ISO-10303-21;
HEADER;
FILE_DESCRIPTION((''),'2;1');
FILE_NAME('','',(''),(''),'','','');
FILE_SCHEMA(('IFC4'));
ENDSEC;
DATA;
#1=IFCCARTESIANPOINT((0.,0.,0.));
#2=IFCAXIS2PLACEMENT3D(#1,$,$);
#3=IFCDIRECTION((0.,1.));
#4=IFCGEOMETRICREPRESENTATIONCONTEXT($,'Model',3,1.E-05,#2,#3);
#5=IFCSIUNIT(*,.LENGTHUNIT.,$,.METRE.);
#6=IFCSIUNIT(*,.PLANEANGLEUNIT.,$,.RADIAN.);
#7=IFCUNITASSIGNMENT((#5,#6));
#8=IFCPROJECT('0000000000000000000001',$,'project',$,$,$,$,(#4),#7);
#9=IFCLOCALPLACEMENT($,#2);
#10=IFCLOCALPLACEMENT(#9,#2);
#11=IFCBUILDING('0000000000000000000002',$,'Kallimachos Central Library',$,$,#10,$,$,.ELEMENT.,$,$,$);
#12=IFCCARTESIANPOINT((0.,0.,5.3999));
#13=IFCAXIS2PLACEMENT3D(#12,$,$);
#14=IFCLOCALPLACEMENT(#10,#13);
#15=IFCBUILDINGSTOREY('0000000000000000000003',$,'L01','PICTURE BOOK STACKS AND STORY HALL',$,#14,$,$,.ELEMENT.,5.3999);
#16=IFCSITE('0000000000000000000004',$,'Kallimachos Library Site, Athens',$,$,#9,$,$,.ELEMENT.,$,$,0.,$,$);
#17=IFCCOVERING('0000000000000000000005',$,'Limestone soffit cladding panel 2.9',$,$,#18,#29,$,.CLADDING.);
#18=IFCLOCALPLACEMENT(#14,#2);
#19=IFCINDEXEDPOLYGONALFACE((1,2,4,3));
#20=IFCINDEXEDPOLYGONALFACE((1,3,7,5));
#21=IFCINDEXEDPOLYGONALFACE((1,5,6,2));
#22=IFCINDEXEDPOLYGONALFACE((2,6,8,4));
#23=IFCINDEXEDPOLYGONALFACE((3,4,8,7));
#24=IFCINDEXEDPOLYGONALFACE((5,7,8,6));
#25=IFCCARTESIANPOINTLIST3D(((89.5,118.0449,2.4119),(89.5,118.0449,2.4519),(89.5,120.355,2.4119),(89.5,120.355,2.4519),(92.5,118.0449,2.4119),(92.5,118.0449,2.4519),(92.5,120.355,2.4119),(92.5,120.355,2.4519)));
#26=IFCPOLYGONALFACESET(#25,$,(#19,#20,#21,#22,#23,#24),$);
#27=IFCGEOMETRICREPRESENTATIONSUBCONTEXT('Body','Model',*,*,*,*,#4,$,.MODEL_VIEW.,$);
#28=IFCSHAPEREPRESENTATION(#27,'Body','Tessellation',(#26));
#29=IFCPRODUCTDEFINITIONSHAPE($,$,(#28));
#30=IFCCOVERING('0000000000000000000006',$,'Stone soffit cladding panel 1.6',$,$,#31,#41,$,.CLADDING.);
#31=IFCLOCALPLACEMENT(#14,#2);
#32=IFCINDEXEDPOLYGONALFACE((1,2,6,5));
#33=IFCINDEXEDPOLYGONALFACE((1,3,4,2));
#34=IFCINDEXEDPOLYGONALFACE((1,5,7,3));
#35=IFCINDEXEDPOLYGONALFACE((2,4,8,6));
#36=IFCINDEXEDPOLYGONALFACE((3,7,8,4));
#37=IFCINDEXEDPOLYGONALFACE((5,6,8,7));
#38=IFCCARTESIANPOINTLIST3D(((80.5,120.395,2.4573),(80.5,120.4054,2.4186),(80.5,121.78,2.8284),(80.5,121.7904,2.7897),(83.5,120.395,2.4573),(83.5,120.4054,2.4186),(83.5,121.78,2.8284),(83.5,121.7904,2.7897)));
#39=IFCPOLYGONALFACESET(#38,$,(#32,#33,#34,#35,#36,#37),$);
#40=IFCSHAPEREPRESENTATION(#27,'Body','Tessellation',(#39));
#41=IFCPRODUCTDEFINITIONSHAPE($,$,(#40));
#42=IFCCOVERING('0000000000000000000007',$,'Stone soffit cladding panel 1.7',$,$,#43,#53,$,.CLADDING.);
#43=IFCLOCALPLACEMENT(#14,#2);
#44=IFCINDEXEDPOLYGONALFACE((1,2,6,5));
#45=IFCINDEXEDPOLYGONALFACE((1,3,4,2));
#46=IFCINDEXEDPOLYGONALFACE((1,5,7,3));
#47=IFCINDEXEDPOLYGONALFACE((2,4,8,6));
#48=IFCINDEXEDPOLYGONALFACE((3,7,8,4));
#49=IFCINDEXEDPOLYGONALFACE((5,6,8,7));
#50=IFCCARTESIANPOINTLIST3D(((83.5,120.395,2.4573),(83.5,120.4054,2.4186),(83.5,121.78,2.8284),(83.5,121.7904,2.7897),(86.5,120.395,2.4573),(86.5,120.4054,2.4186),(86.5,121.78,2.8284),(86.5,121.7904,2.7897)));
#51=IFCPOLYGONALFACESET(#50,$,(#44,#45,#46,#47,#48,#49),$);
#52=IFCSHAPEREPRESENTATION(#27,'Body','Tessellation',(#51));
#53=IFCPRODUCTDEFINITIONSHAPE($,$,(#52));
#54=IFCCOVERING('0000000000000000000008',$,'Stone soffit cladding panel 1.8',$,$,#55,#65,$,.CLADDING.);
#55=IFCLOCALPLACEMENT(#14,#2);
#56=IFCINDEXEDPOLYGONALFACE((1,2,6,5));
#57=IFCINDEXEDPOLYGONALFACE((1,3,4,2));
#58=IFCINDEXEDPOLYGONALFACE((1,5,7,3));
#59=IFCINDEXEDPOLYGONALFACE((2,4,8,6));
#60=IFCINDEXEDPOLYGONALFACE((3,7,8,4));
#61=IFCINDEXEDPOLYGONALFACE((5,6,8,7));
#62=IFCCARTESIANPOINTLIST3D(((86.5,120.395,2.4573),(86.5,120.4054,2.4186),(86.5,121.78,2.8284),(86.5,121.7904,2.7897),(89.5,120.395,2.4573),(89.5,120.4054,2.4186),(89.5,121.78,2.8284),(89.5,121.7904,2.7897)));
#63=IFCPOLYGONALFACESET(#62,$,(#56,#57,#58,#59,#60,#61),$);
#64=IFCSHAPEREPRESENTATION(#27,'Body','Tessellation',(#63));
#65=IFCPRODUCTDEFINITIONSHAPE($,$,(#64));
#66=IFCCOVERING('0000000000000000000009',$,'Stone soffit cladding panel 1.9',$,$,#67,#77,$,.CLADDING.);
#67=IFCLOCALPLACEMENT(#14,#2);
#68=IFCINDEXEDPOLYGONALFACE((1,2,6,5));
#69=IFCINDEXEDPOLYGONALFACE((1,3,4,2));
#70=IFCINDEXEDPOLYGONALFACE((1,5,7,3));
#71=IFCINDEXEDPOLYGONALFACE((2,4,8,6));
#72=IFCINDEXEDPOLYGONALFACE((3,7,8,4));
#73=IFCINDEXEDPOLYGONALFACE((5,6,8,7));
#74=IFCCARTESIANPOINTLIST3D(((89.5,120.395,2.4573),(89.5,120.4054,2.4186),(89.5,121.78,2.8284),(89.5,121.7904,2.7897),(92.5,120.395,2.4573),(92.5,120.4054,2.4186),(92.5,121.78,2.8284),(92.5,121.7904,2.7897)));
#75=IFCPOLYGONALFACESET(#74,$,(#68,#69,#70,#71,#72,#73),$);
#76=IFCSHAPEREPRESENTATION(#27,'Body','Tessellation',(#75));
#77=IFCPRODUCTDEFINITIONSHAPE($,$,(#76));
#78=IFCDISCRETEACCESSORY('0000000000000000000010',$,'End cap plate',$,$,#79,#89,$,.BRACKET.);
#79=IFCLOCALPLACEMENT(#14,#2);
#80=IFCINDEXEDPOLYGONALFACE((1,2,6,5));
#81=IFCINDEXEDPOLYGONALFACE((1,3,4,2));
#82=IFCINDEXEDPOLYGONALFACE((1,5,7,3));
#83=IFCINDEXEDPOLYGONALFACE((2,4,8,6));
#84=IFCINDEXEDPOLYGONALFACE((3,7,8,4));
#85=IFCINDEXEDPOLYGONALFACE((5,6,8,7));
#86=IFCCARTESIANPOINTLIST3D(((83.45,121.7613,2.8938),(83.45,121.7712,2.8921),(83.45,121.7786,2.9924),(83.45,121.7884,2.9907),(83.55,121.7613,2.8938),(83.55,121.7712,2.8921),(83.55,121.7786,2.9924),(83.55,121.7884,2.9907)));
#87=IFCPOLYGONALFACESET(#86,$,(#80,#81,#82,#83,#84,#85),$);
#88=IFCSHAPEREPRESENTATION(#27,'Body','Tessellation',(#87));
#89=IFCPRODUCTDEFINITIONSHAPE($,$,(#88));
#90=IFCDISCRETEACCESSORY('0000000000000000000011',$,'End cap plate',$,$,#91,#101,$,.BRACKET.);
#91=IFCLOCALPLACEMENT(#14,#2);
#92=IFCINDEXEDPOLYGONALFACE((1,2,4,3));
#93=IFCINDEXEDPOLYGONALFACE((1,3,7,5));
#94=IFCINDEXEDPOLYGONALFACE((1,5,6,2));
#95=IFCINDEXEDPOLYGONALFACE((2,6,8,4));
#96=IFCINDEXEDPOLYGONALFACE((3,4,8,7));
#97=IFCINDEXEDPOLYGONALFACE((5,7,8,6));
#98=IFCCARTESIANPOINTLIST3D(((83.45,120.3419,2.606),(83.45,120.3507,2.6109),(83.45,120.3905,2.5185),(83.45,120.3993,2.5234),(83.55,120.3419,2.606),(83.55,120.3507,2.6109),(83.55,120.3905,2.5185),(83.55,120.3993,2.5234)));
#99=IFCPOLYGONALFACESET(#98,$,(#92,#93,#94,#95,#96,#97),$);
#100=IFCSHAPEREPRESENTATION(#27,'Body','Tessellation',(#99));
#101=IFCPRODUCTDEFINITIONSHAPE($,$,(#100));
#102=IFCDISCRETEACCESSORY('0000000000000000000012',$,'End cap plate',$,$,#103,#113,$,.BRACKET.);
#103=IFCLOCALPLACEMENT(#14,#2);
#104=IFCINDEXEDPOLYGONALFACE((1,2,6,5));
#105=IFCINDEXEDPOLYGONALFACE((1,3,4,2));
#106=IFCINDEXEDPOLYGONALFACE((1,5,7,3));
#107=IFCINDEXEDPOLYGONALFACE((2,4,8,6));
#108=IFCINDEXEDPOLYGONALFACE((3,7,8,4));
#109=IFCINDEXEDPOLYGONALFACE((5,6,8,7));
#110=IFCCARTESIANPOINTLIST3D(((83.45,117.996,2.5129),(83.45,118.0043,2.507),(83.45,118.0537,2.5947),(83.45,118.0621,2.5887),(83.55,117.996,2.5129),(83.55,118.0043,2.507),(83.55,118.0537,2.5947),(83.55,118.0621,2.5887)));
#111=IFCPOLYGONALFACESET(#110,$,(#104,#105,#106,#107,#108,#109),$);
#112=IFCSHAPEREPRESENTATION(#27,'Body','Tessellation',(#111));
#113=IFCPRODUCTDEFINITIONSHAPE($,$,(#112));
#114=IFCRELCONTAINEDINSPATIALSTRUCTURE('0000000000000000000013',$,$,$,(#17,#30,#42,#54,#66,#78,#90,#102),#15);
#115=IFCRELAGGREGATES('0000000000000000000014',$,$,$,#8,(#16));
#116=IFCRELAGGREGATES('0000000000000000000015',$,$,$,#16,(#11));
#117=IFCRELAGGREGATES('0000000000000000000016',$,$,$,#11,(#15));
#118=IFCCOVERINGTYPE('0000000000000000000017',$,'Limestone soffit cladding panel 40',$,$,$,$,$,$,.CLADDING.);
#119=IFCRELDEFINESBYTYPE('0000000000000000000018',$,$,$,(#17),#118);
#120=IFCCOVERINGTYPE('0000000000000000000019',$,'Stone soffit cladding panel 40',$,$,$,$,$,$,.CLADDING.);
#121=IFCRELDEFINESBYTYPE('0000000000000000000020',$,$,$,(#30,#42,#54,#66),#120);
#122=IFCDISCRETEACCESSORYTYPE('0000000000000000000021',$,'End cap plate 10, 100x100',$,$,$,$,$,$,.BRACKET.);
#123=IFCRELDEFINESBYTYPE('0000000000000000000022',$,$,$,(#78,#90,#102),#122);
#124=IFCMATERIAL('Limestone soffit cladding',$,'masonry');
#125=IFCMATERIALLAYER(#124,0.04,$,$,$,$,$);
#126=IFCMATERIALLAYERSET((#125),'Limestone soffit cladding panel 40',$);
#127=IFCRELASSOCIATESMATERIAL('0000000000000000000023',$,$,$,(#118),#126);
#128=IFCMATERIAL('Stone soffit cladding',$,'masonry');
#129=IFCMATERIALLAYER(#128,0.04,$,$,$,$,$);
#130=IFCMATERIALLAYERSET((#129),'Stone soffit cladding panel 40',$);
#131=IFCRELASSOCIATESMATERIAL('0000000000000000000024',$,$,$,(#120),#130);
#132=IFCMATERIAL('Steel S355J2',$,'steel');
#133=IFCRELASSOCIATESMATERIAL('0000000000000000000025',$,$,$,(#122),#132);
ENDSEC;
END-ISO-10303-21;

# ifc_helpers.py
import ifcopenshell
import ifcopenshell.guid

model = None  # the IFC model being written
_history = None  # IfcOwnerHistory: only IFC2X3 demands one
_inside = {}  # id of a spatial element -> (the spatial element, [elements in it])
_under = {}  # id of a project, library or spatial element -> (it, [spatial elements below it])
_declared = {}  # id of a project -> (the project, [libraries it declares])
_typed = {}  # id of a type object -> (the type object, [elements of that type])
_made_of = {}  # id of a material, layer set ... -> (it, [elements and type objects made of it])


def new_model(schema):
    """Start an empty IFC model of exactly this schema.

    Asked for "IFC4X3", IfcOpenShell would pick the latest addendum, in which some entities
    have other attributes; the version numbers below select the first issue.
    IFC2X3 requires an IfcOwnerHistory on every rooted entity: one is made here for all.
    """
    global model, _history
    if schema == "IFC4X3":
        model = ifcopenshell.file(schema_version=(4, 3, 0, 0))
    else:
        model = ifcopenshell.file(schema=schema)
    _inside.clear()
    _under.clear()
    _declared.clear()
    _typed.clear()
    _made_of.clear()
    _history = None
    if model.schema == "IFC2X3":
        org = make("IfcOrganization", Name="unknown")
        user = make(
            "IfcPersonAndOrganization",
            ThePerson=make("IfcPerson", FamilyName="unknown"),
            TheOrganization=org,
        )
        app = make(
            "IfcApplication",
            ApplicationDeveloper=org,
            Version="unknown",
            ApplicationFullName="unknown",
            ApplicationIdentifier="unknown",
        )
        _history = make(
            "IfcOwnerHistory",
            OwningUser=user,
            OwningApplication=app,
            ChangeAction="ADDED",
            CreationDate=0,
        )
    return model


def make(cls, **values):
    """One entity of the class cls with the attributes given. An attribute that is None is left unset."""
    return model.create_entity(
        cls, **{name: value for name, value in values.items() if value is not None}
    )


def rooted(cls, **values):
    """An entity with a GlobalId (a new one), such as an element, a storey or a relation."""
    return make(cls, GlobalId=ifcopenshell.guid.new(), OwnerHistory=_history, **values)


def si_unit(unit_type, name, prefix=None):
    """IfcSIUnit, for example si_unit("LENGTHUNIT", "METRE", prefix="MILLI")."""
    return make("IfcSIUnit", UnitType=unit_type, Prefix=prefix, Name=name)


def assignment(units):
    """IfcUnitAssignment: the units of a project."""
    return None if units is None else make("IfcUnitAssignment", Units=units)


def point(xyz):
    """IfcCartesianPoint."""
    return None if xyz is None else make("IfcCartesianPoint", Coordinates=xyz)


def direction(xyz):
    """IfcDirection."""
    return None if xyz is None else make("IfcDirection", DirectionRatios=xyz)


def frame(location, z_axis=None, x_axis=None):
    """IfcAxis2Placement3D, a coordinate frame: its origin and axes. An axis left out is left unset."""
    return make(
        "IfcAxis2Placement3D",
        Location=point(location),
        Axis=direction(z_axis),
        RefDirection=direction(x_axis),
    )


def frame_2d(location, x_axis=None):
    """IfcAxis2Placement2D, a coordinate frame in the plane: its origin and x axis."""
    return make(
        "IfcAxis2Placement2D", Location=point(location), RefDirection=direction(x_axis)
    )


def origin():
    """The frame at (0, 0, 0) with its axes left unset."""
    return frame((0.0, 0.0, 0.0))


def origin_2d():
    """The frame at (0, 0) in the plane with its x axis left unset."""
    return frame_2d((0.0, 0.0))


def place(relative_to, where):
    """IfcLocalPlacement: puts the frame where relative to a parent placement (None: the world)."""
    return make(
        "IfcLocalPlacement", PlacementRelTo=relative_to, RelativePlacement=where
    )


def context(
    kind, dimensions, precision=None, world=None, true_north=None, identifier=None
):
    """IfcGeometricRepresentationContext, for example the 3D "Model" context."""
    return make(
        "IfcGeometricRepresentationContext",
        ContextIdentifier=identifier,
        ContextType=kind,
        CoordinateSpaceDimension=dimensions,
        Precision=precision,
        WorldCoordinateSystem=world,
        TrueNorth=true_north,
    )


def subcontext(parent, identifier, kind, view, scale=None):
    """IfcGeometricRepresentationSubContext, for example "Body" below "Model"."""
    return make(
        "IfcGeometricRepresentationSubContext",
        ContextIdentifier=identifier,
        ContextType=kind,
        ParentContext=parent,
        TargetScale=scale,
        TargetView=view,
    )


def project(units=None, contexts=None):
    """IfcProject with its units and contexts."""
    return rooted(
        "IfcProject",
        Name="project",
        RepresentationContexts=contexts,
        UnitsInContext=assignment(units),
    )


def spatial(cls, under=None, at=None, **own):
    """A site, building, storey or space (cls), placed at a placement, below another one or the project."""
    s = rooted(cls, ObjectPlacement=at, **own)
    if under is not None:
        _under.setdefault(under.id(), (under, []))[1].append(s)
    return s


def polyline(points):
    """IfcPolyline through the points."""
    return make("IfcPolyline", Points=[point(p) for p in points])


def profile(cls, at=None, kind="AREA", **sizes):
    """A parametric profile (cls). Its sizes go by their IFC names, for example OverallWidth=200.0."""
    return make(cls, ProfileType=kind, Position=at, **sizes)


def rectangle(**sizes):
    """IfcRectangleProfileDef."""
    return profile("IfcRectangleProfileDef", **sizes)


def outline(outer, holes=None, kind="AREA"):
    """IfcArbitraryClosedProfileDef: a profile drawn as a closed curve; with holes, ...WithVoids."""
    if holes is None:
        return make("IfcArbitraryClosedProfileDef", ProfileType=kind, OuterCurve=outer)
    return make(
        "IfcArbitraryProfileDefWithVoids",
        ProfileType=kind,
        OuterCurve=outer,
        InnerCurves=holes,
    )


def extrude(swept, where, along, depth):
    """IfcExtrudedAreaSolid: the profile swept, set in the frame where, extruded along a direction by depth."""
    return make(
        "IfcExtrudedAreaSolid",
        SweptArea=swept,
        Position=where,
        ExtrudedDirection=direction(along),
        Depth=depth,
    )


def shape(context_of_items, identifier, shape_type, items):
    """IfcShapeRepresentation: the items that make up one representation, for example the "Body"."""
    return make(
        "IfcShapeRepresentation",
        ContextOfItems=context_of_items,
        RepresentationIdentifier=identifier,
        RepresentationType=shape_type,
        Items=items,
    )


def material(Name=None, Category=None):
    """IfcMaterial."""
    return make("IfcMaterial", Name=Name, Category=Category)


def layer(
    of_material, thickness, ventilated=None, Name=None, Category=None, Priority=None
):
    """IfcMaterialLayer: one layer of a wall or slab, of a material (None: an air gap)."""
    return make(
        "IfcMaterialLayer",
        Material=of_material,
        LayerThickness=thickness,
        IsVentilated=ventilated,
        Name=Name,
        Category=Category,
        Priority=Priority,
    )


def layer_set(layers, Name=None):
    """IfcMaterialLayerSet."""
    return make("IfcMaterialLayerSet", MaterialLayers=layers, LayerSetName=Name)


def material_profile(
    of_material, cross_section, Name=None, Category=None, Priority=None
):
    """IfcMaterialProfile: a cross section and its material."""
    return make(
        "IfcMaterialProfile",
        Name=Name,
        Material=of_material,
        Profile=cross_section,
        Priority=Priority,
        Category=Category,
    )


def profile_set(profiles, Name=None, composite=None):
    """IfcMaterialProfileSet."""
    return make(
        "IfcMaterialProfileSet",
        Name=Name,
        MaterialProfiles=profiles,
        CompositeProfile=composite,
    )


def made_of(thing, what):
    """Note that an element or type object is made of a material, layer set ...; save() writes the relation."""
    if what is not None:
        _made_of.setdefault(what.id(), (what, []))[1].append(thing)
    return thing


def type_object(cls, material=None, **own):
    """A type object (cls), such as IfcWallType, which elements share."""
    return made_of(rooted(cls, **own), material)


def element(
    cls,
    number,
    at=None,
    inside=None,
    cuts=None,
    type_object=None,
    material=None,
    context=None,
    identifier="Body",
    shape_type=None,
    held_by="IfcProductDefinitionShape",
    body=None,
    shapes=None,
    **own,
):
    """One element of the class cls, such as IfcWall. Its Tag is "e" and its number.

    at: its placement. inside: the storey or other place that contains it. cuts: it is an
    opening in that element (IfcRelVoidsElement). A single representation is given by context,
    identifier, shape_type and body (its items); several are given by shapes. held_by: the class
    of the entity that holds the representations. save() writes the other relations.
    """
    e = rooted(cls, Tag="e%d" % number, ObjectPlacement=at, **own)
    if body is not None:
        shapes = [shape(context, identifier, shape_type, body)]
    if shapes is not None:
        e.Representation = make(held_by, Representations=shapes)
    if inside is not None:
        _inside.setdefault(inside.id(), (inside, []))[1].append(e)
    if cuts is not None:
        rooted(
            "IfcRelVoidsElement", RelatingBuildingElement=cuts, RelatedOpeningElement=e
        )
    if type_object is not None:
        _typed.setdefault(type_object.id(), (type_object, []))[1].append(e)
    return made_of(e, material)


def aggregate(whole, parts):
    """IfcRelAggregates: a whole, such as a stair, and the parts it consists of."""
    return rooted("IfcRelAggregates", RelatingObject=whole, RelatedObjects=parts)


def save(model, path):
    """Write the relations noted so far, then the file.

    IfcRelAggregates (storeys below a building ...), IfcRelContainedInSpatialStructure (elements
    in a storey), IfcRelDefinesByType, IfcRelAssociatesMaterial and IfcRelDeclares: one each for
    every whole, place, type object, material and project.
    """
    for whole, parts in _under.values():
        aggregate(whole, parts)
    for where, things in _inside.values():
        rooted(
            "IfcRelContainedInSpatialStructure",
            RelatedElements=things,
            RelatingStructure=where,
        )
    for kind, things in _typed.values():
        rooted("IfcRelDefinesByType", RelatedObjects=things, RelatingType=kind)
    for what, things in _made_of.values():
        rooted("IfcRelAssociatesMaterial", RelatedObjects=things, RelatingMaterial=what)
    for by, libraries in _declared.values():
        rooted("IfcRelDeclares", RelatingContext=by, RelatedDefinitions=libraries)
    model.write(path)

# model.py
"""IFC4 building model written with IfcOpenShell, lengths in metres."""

from ifc_helpers import new_model, si_unit, direction, frame, origin, origin_2d, place, context, subcontext, project, spatial, polyline, rectangle, outline, extrude, material, layer, layer_set, material_profile, profile_set, type_object, element, save


model = new_model("IFC4")

# Units and contexts
model_context = context("Model", 3, precision=1e-05, world=origin(), true_north=direction((0.0, 1.0)))
body_context = subcontext(model_context, "Body", "Model", "MODEL_VIEW")
ifc_project = project(units=[si_unit("LENGTHUNIT", "METRE"), si_unit("PLANEANGLEUNIT", "RADIAN")], contexts=[model_context])

# Site, building, storey
site_placement = place(None, origin())
site = spatial("IfcSite", under=ifc_project, at=site_placement, Name="Kallimachos Library Site, Athens", CompositionType="ELEMENT", RefElevation=0.0)
building_placement = place(site_placement, origin())
building = spatial("IfcBuilding", under=site, at=building_placement, Name="Kallimachos Central Library", CompositionType="ELEMENT")
storey_placement = place(building_placement, frame((0.0, 0.0, 5.3999)))
storey = spatial("IfcBuildingStorey", under=building, at=storey_placement, Name="L01", Description="PICTURE BOOK STACKS AND STORY HALL", CompositionType="ELEMENT", Elevation=5.3999)

# Coverings
ifc_material_1 = material(Name="Limestone soffit cladding", Category="masonry")
ifc_layer_1 = layer(ifc_material_1, 0.04)
ifc_layer_set_1 = layer_set([ifc_layer_1], Name="Limestone soffit cladding panel 40")
covering_type_1 = type_object("IfcCoveringType", Name="Limestone soffit cladding panel 40", PredefinedType="CLADDING", material=ifc_layer_set_1)
for number, where, z_axis, x_axis, name in (
    (1, (89.5, 120.355, 2.4519), (0.0, 0.0, 1.0), (1.0, 0.0, 0.0), "Limestone soffit cladding panel 2.9"),
):
    element("IfcCovering", number, at=place(storey_placement, frame(where, z_axis=z_axis, x_axis=x_axis)), inside=storey, type_object=covering_type_1, Name=name, PredefinedType="CLADDING", context=body_context, shape_type="SweptSolid", body=[
        extrude(outline(polyline([(0.0, 0.0), (3.0, 0.0), (3.0, -2.3101), (0.0, -2.3101), (0.0, 0.0)])), origin(), (0.0, 0.0, -1.0), 0.04),
    ])
ifc_material_2 = material(Name="Stone soffit cladding", Category="masonry")
ifc_layer_2 = layer(ifc_material_2, 0.04)
ifc_layer_set_2 = layer_set([ifc_layer_2], Name="Stone soffit cladding panel 40")
covering_type_2 = type_object("IfcCoveringType", Name="Stone soffit cladding panel 40", PredefinedType="CLADDING", material=ifc_layer_set_2)
for number, where, z_axis, x_axis, name in (
    (2, (80.5, 121.78, 2.8284), (0.0, -0.258807, 0.965929), (1.0, 0.0, 0.0), "Stone soffit cladding panel 1.6"),
    (3, (83.5, 121.78, 2.8284), (0.0, -0.258807, 0.965929), (1.0, 0.0, 0.0), "Stone soffit cladding panel 1.7"),
    (4, (86.5, 121.78, 2.8284), (0.0, -0.258807, 0.965929), (1.0, 0.0, 0.0), "Stone soffit cladding panel 1.8"),
    (5, (89.5, 121.78, 2.8284), (0.0, -0.258807, 0.965929), (1.0, 0.0, 0.0), "Stone soffit cladding panel 1.9"),
):
    element("IfcCovering", number, at=place(storey_placement, frame(where, z_axis=z_axis, x_axis=x_axis)), inside=storey, type_object=covering_type_2, Name=name, PredefinedType="CLADDING", context=body_context, shape_type="SweptSolid", body=[
        extrude(outline(polyline([(0.0, 0.0), (3.0, 0.0), (3.0, -1.4339), (0.0, -1.4339), (0.0, 0.0)])), origin(), (0.0, 0.0, -1.0), 0.04),
    ])

# Discrete accessories
ifc_material_3 = material(Name="Steel S355J2", Category="steel")
ifc_material_profile_1 = material_profile(ifc_material_3, rectangle(XDim=0.1001, YDim=0.1001, at=origin_2d()), Name="End cap plate 10, 100x100")
ifc_profile_set_1 = profile_set([ifc_material_profile_1], Name="Steel S355J2")
discrete_accessory_type = type_object("IfcDiscreteAccessoryType", Name="End cap plate 10, 100x100", PredefinedType="BRACKET", material=ifc_profile_set_1)
for number, where, z_axis, x_axis, name in (
    (6, (83.5, 121.7798, 2.9414), (0.0, -0.98503, 0.17238), (1.0, 0.0, 0.0), "End cap plate"),
    (7, (83.5, 120.3662, 2.5623), (0.0, 0.874157, 0.485643), (-1.0, 0.0, 0.0), "End cap plate"),
):
    element("IfcDiscreteAccessory", number, at=place(storey_placement, frame(where, z_axis=z_axis, x_axis=x_axis)), inside=storey, type_object=discrete_accessory_type, Name=name, PredefinedType="BRACKET", context=body_context, shape_type="SweptSolid", body=[
        extrude(rectangle(XDim=0.1001, YDim=0.1001, at=origin_2d()), origin(), (0.0, 0.0, 1.0), 0.01),
    ])
discrete_accessory_placement = place(storey_placement, frame((83.5, 118.0332, 2.5479), z_axis=(0.0, -0.816968, 0.576683), x_axis=(1.0, 0.0, 0.0)))
element("IfcDiscreteAccessory", 8, at=discrete_accessory_placement, inside=storey, type_object=discrete_accessory_type, Name="End cap plate", PredefinedType="BRACKET", context=body_context, shape_type="SweptSolid", body=[
    extrude(rectangle(XDim=0.1001, YDim=0.1001, at=origin_2d()), origin(), (0.0, 0.0, 1.0), 0.0103),
])

save(model, "model.ifc")
